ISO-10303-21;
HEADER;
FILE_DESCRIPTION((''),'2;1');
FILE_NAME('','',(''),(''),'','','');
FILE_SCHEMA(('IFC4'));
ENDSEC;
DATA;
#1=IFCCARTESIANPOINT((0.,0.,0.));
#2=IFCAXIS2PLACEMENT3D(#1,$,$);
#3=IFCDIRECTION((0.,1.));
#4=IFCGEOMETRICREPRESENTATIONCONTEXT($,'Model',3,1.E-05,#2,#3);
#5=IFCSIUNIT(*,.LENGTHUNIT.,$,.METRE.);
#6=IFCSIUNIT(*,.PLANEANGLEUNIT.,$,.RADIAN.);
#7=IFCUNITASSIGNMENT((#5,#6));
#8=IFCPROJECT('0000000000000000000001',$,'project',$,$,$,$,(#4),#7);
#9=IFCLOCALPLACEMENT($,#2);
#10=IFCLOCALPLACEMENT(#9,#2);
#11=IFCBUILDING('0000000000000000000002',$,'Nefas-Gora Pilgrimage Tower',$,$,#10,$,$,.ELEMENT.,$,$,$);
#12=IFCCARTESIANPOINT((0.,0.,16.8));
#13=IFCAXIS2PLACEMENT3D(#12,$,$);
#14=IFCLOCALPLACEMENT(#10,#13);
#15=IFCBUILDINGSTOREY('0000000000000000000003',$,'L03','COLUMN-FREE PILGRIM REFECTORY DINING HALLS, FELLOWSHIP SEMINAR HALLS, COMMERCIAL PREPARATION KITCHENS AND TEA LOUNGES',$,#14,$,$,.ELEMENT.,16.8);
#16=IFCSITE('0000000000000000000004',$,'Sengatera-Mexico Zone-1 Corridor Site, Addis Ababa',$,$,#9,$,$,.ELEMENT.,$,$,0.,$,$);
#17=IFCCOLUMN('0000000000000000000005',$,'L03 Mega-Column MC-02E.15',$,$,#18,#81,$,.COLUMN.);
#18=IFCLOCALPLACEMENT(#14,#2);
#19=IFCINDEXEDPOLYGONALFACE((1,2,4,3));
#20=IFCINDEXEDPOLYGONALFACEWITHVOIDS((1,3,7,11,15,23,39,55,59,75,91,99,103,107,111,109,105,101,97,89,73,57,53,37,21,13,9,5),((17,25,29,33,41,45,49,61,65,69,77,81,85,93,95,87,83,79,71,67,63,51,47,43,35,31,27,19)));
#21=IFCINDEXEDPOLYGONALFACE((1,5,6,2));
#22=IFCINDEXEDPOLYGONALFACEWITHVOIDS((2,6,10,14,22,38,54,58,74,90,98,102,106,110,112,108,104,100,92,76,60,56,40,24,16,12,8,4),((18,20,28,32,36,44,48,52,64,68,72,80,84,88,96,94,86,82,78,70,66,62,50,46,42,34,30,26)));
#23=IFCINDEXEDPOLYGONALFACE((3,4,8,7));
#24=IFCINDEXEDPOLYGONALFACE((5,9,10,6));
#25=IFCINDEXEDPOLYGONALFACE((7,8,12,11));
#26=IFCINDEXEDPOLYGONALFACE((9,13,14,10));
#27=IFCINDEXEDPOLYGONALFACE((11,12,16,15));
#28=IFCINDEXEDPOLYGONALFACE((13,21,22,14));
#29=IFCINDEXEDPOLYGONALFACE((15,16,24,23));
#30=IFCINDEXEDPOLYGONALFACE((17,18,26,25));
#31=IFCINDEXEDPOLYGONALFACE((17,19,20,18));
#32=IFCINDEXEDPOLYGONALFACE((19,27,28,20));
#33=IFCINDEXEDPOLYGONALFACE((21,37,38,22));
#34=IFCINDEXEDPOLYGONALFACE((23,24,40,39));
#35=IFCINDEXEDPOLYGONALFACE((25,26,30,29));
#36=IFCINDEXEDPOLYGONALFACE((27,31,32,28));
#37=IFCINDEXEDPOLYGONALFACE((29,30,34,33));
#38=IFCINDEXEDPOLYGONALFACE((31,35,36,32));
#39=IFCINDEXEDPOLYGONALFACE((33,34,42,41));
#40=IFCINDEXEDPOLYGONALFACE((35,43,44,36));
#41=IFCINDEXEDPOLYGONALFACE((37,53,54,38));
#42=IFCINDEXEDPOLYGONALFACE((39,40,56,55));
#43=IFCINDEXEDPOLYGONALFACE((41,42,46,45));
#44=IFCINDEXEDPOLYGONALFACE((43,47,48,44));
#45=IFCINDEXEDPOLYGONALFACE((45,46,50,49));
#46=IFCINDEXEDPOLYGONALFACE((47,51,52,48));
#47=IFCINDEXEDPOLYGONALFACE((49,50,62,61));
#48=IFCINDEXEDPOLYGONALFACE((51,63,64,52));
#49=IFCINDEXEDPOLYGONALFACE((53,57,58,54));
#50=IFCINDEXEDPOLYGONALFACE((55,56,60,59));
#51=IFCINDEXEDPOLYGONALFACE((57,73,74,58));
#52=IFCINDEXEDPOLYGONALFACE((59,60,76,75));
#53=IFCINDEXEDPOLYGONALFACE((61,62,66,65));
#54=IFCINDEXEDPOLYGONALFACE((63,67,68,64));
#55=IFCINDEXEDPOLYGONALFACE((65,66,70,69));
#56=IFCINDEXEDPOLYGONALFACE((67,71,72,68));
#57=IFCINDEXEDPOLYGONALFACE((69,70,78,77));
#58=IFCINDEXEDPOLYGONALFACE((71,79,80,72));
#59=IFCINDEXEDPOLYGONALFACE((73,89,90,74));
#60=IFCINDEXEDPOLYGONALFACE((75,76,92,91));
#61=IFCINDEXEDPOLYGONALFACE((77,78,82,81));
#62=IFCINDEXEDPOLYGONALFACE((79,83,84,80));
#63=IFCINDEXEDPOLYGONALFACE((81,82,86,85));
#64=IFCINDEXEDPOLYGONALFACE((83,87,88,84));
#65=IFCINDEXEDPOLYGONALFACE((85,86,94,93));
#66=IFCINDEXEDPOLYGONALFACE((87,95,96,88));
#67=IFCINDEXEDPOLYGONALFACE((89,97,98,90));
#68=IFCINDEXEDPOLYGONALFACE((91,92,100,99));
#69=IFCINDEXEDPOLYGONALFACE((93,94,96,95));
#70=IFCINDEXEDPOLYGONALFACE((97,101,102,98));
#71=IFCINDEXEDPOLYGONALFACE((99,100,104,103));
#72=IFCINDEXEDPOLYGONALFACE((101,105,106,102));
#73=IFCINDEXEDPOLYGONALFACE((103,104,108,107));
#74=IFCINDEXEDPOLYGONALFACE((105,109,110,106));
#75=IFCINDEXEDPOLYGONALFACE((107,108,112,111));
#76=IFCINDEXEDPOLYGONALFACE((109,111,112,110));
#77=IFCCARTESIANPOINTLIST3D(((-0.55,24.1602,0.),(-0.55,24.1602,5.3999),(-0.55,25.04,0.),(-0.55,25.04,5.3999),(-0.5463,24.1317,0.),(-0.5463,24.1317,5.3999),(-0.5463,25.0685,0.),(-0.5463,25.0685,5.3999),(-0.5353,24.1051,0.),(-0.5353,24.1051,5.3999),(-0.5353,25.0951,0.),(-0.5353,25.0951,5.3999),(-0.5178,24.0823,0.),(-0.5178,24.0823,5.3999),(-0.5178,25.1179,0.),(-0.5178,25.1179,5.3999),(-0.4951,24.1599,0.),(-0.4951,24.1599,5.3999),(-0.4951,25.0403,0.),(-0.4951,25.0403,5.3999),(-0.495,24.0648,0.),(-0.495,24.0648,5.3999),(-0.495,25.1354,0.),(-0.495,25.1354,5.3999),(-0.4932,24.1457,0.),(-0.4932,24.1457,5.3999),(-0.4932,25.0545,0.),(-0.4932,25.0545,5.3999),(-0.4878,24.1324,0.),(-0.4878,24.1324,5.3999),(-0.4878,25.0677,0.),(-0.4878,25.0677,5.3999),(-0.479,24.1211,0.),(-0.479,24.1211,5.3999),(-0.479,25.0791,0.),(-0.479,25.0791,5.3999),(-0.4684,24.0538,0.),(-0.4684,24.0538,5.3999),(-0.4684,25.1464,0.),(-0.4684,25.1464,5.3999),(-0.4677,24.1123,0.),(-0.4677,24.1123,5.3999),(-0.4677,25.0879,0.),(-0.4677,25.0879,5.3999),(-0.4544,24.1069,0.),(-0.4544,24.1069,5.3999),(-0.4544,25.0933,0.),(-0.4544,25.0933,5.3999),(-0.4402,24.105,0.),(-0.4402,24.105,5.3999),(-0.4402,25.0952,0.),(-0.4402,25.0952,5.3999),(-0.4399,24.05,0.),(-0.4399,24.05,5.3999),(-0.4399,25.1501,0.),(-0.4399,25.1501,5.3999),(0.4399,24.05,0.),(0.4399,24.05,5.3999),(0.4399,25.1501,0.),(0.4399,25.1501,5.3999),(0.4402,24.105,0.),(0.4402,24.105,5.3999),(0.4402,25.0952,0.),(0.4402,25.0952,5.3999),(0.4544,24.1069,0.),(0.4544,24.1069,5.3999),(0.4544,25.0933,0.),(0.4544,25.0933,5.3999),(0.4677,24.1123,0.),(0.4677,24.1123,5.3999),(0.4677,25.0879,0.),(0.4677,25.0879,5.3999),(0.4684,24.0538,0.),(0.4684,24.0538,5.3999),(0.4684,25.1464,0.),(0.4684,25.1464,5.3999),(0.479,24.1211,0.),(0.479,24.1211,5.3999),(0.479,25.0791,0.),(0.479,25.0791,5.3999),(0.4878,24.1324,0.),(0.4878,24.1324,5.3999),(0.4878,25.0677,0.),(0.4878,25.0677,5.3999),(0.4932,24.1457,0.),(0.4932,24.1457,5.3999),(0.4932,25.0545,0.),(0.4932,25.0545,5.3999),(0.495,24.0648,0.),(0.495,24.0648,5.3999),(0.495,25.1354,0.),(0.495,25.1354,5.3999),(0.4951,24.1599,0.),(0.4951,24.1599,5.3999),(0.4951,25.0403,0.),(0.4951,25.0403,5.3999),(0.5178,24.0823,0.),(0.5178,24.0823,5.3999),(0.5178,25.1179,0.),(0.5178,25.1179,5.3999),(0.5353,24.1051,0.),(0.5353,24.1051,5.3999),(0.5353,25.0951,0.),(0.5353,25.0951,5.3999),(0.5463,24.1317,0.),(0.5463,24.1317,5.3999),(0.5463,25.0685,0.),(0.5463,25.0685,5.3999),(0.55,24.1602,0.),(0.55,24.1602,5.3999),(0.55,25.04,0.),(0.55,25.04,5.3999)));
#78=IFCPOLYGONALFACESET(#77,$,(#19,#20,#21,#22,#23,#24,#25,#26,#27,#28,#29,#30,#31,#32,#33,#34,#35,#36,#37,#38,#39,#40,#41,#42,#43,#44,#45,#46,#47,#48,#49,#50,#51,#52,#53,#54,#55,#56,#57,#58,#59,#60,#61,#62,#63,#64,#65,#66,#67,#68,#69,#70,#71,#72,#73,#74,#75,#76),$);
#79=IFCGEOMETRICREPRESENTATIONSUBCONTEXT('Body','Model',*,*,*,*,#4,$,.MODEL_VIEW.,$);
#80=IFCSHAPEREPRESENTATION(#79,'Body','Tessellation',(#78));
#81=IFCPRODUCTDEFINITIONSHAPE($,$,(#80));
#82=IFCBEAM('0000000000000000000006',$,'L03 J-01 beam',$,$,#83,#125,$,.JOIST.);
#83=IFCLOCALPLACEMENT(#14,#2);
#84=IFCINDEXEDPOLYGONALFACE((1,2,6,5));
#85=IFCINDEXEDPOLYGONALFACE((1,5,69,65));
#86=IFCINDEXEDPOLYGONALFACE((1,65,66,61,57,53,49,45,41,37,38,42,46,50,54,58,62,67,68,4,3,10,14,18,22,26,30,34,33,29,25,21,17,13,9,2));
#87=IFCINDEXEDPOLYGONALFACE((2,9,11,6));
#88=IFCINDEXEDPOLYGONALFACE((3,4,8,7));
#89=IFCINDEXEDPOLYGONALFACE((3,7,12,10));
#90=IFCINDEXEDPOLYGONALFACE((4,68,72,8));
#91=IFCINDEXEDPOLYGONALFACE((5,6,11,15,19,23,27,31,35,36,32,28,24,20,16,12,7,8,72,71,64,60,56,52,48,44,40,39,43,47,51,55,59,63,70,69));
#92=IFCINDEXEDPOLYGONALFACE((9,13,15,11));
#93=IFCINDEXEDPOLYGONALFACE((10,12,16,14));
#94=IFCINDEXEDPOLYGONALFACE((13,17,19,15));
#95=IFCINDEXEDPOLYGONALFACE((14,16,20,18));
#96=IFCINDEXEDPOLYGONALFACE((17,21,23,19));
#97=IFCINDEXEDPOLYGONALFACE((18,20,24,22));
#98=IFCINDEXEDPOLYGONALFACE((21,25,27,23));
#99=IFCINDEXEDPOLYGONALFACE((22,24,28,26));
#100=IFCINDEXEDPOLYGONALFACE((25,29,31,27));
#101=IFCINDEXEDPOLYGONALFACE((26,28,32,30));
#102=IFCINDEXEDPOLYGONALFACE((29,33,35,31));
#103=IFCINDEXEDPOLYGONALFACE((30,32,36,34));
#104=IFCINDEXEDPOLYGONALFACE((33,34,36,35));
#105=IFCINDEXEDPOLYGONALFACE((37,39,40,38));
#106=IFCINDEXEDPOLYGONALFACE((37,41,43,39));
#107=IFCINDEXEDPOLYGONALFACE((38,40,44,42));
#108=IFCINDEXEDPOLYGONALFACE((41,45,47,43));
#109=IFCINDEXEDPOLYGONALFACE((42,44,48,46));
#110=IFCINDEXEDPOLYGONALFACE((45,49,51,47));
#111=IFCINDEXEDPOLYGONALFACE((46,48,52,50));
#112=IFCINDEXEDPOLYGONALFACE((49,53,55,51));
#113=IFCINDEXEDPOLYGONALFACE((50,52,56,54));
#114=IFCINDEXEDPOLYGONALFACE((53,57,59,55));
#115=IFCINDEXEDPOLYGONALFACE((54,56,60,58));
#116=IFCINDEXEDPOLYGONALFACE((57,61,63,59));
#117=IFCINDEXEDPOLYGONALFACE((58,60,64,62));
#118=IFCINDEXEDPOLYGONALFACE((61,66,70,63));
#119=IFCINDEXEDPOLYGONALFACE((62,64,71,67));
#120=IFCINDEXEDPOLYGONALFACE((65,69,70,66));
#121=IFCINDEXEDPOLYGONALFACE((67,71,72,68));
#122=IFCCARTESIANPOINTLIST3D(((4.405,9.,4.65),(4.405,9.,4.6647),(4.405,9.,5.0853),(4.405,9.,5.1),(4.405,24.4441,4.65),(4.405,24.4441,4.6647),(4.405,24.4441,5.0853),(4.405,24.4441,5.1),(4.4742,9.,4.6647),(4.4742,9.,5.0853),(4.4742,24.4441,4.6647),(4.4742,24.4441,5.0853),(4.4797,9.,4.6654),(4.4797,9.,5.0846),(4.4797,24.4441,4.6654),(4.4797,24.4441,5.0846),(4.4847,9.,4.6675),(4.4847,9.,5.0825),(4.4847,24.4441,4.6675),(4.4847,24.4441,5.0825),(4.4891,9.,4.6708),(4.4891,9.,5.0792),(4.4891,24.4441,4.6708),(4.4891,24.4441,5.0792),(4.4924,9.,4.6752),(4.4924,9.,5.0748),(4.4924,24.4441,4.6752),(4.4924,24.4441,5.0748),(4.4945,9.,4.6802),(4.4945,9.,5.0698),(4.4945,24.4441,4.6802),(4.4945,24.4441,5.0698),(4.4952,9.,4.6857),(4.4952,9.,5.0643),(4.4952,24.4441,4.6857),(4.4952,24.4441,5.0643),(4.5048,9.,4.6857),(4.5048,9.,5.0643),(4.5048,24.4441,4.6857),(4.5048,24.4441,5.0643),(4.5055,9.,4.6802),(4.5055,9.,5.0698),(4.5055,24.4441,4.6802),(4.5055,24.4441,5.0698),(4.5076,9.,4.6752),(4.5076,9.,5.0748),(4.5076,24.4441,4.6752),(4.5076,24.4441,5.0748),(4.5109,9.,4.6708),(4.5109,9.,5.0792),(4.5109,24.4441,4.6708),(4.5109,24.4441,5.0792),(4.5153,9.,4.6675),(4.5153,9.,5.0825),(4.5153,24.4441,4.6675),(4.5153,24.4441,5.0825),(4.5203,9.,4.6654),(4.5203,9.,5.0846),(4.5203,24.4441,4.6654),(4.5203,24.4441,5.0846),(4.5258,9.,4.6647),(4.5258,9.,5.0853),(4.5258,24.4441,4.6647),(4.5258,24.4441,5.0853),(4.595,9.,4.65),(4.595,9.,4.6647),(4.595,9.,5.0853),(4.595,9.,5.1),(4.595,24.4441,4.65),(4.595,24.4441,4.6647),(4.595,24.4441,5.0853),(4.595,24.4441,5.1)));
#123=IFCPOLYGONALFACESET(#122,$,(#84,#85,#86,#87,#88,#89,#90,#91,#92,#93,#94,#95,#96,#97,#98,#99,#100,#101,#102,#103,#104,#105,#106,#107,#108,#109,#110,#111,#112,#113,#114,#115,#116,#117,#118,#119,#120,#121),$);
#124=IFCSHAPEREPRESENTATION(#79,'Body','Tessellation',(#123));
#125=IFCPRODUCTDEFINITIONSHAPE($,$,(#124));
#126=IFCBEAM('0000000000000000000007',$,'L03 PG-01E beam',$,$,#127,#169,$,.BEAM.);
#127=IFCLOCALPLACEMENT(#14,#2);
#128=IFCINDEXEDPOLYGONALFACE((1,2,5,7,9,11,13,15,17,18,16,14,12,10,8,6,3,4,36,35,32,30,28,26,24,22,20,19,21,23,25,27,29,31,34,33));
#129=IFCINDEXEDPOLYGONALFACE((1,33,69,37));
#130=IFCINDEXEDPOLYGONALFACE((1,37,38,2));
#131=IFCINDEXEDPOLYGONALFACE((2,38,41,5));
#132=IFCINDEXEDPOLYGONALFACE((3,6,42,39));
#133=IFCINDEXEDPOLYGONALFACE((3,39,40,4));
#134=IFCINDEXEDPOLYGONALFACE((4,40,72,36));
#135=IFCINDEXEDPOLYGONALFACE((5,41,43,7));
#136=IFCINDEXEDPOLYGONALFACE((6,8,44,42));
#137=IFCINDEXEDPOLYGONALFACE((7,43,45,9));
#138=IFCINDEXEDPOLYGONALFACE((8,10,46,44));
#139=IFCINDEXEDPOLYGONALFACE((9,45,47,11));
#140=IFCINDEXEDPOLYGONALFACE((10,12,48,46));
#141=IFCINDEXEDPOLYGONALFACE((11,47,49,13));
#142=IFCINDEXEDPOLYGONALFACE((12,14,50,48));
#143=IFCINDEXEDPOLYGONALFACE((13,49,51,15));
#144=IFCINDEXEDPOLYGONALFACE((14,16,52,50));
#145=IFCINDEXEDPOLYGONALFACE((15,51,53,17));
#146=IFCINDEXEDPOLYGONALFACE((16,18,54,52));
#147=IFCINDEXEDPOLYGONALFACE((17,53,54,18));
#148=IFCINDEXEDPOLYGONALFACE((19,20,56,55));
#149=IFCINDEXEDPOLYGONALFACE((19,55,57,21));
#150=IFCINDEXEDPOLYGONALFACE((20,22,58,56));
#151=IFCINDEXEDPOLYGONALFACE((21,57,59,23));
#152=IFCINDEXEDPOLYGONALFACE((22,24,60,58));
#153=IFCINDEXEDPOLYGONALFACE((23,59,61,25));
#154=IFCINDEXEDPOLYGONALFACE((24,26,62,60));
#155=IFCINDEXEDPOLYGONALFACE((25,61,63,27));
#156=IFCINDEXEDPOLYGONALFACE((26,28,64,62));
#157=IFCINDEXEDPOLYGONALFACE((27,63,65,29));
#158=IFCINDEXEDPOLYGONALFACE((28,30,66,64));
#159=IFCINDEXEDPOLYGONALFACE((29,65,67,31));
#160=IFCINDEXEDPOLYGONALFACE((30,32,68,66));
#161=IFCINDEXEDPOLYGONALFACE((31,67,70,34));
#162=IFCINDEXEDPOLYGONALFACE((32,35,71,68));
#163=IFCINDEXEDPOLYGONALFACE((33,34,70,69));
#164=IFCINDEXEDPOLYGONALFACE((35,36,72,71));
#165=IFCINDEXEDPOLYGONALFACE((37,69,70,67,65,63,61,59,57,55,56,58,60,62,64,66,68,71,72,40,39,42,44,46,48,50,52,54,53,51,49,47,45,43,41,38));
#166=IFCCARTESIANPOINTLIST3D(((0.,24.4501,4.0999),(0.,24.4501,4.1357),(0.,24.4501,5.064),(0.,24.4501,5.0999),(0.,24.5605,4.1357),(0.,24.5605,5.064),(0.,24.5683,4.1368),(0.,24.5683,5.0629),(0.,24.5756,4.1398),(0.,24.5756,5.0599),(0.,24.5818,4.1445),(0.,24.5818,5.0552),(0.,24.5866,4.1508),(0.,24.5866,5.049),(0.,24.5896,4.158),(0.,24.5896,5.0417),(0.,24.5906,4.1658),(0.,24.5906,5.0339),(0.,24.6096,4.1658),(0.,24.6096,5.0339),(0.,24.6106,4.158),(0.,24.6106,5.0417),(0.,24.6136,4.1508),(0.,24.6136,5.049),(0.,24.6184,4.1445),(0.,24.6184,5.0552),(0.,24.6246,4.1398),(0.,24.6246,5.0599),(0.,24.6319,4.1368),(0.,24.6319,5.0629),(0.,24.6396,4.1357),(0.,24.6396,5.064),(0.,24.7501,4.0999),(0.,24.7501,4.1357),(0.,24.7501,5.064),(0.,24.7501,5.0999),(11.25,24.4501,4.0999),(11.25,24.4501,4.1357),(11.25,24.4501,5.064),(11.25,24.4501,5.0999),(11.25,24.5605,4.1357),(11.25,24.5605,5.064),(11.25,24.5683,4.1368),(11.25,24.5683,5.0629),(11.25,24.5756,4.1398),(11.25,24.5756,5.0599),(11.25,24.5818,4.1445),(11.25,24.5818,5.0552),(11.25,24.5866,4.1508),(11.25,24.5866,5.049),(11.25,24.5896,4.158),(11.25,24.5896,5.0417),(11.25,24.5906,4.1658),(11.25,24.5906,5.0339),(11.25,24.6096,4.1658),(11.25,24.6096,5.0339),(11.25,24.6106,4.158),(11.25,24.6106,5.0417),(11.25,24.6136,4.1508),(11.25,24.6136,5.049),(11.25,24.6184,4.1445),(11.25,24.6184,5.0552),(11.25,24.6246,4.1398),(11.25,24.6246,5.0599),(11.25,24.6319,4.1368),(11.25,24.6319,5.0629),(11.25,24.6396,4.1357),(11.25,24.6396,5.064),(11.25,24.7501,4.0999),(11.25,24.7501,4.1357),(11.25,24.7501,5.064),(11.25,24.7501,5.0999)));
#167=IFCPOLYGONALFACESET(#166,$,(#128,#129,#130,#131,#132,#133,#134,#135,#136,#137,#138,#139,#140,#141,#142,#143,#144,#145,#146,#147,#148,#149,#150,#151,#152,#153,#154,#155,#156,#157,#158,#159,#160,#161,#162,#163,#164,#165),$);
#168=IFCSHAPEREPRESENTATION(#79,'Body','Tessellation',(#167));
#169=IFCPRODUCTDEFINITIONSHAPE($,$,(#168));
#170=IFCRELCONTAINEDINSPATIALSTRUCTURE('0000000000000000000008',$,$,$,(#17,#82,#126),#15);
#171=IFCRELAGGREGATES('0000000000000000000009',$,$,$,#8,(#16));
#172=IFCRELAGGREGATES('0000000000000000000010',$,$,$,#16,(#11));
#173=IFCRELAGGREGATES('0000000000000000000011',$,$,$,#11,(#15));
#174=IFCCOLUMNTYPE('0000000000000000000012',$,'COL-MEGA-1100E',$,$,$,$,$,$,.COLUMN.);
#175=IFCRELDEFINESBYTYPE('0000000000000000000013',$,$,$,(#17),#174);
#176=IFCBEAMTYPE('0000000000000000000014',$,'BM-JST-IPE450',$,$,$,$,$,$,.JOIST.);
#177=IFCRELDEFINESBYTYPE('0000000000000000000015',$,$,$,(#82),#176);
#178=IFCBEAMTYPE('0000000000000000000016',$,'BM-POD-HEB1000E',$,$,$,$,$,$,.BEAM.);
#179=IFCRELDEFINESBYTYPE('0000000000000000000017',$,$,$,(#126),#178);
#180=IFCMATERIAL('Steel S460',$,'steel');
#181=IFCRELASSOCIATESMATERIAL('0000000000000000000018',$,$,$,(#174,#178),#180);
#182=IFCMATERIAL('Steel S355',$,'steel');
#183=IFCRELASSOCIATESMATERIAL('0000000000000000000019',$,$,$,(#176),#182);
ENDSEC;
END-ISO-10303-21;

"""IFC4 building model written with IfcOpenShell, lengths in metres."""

from ifc_helpers import new_model, si_unit, direction, frame, origin, origin_2d, place, context, subcontext, project, spatial, hollow_rectangle, i_section, extrude, source, transform, mapped, material, material_profile, profile_set, type_object, element, save


model = new_model("IFC4")

# Units and contexts
model_context = context("Model", 3, precision=1e-05, world=origin(), true_north=direction((0.0, 1.0)))
body_context = subcontext(model_context, "Body", "Model", "MODEL_VIEW")
ifc_project = project(units=[si_unit("LENGTHUNIT", "METRE"), si_unit("PLANEANGLEUNIT", "RADIAN")], contexts=[model_context])

# Site, building, storey
site_placement = place(None, origin())
site = spatial("IfcSite", under=ifc_project, at=site_placement, Name="Sengatera-Mexico Zone-1 Corridor Site, Addis Ababa", CompositionType="ELEMENT", RefElevation=0.0)
building_placement = place(site_placement, origin())
building = spatial("IfcBuilding", under=site, at=building_placement, Name="Nefas-Gora Pilgrimage Tower", CompositionType="ELEMENT")
storey_placement = place(building_placement, frame((0.0, 0.0, 16.8)))
storey = spatial("IfcBuildingStorey", under=building, at=storey_placement, Name="L03", Description="COLUMN-FREE PILGRIM REFECTORY DINING HALLS, FELLOWSHIP SEMINAR HALLS, COMMERCIAL PREPARATION KITCHENS AND TEA LOUNGES", CompositionType="ELEMENT", Elevation=16.8)

# Column
ifc_material_1 = material(Name="Steel S460", Category="steel")
ifc_material_profile_1 = material_profile(ifc_material_1, hollow_rectangle(XDim=1.1001, YDim=1.1001, WallThickness=0.0549, InnerFilletRadius=0.0549, OuterFilletRadius=0.1101, at=origin_2d()), Name="BOX 1100x1100x55")
ifc_profile_set_1 = profile_set([ifc_material_profile_1], Name="Steel S460")
column_type = type_object("IfcColumnType", Name="COL-MEGA-1100E", PredefinedType="COLUMN", material=ifc_profile_set_1)
shared_shape_1 = source(origin(), body_context, "Body", "SweptSolid", [
    extrude(hollow_rectangle(XDim=1.1001, YDim=1.1001, WallThickness=0.0549, InnerFilletRadius=0.0549, OuterFilletRadius=0.1101, at=origin_2d()), origin(), (0.0, 0.0, 1.0), 5.3999),
])
column_placement = place(storey_placement, frame((0.0, 24.6001, 0.0), z_axis=(0.0, 0.0, 1.0), x_axis=(1.0, 0.0, 0.0)))
element("IfcColumn", 1, at=column_placement, inside=storey, type_object=column_type, Name="L03 Mega-Column MC-02E.15", PredefinedType="COLUMN", context=body_context, shape_type="MappedRepresentation", body=[
    mapped(shared_shape_1, transform((0.0, 0.0, 0.0), x_axis=(1.0, 0.0, 0.0), y_axis=(0.0, 1.0, 0.0), z_axis=(0.0, 0.0, 1.0), scale=1.0)),
])

# Beams
ifc_material_2 = material(Name="Steel S355", Category="steel")
ifc_material_profile_2 = material_profile(ifc_material_2, i_section(OverallWidth=0.1899, OverallDepth=0.45, WebThickness=0.0095, FlangeThickness=0.0146, FilletRadius=0.021, at=origin_2d()), Name="IPE 450")
ifc_profile_set_2 = profile_set([ifc_material_profile_2], Name="Steel S355")
beam_type_1 = type_object("IfcBeamType", Name="BM-JST-IPE450", PredefinedType="JOIST", material=ifc_profile_set_2)
shared_shape_2 = source(origin(), body_context, "Body", "SweptSolid", [
    extrude(i_section(OverallWidth=0.1899, OverallDepth=0.45, WebThickness=0.0095, FlangeThickness=0.0146, FilletRadius=0.021, at=origin_2d()), origin(), (0.0, 0.0, 1.0), 15.4441),
])
beam_1_placement = place(storey_placement, frame((4.5, 9.0, 4.875), z_axis=(0.0, 1.0, 0.0), x_axis=(-1.0, 0.0, 0.0)))
element("IfcBeam", 2, at=beam_1_placement, inside=storey, type_object=beam_type_1, Name="L03 J-01 beam", PredefinedType="JOIST", context=body_context, shape_type="MappedRepresentation", body=[
    mapped(shared_shape_2, transform((0.0, 0.0, 0.0), x_axis=(1.0, 0.0, 0.0), y_axis=(0.0, 1.0, 0.0), z_axis=(0.0, 0.0, 1.0), scale=1.0)),
])
ifc_material_profile_3 = material_profile(ifc_material_1, i_section(OverallWidth=0.3, OverallDepth=1.0, WebThickness=0.019, FlangeThickness=0.0359, FilletRadius=0.03, at=origin_2d()), Name="HEB 1000")
ifc_profile_set_3 = profile_set([ifc_material_profile_3], Name="Steel S460")
beam_type_2 = type_object("IfcBeamType", Name="BM-POD-HEB1000E", PredefinedType="BEAM", material=ifc_profile_set_3)
shared_shape_3 = source(origin(), body_context, "Body", "SweptSolid", [
    extrude(i_section(OverallWidth=0.3, OverallDepth=1.0, WebThickness=0.019, FlangeThickness=0.0359, FilletRadius=0.03, at=origin_2d()), origin(), (0.0, 0.0, 1.0), 11.25),
])
beam_2_placement = place(storey_placement, frame((0.0, 24.6001, 4.5999), z_axis=(1.0, 0.0, 0.0), x_axis=(0.0, 1.0, 0.0)))
element("IfcBeam", 3, at=beam_2_placement, inside=storey, type_object=beam_type_2, Name="L03 PG-01E beam", PredefinedType="BEAM", context=body_context, shape_type="MappedRepresentation", body=[
    mapped(shared_shape_3, transform((0.0, 0.0, 0.0), x_axis=(1.0, 0.0, 0.0), y_axis=(0.0, 1.0, 0.0), z_axis=(0.0, 0.0, 1.0), scale=1.0)),
])

save(model, "model.ifc")
